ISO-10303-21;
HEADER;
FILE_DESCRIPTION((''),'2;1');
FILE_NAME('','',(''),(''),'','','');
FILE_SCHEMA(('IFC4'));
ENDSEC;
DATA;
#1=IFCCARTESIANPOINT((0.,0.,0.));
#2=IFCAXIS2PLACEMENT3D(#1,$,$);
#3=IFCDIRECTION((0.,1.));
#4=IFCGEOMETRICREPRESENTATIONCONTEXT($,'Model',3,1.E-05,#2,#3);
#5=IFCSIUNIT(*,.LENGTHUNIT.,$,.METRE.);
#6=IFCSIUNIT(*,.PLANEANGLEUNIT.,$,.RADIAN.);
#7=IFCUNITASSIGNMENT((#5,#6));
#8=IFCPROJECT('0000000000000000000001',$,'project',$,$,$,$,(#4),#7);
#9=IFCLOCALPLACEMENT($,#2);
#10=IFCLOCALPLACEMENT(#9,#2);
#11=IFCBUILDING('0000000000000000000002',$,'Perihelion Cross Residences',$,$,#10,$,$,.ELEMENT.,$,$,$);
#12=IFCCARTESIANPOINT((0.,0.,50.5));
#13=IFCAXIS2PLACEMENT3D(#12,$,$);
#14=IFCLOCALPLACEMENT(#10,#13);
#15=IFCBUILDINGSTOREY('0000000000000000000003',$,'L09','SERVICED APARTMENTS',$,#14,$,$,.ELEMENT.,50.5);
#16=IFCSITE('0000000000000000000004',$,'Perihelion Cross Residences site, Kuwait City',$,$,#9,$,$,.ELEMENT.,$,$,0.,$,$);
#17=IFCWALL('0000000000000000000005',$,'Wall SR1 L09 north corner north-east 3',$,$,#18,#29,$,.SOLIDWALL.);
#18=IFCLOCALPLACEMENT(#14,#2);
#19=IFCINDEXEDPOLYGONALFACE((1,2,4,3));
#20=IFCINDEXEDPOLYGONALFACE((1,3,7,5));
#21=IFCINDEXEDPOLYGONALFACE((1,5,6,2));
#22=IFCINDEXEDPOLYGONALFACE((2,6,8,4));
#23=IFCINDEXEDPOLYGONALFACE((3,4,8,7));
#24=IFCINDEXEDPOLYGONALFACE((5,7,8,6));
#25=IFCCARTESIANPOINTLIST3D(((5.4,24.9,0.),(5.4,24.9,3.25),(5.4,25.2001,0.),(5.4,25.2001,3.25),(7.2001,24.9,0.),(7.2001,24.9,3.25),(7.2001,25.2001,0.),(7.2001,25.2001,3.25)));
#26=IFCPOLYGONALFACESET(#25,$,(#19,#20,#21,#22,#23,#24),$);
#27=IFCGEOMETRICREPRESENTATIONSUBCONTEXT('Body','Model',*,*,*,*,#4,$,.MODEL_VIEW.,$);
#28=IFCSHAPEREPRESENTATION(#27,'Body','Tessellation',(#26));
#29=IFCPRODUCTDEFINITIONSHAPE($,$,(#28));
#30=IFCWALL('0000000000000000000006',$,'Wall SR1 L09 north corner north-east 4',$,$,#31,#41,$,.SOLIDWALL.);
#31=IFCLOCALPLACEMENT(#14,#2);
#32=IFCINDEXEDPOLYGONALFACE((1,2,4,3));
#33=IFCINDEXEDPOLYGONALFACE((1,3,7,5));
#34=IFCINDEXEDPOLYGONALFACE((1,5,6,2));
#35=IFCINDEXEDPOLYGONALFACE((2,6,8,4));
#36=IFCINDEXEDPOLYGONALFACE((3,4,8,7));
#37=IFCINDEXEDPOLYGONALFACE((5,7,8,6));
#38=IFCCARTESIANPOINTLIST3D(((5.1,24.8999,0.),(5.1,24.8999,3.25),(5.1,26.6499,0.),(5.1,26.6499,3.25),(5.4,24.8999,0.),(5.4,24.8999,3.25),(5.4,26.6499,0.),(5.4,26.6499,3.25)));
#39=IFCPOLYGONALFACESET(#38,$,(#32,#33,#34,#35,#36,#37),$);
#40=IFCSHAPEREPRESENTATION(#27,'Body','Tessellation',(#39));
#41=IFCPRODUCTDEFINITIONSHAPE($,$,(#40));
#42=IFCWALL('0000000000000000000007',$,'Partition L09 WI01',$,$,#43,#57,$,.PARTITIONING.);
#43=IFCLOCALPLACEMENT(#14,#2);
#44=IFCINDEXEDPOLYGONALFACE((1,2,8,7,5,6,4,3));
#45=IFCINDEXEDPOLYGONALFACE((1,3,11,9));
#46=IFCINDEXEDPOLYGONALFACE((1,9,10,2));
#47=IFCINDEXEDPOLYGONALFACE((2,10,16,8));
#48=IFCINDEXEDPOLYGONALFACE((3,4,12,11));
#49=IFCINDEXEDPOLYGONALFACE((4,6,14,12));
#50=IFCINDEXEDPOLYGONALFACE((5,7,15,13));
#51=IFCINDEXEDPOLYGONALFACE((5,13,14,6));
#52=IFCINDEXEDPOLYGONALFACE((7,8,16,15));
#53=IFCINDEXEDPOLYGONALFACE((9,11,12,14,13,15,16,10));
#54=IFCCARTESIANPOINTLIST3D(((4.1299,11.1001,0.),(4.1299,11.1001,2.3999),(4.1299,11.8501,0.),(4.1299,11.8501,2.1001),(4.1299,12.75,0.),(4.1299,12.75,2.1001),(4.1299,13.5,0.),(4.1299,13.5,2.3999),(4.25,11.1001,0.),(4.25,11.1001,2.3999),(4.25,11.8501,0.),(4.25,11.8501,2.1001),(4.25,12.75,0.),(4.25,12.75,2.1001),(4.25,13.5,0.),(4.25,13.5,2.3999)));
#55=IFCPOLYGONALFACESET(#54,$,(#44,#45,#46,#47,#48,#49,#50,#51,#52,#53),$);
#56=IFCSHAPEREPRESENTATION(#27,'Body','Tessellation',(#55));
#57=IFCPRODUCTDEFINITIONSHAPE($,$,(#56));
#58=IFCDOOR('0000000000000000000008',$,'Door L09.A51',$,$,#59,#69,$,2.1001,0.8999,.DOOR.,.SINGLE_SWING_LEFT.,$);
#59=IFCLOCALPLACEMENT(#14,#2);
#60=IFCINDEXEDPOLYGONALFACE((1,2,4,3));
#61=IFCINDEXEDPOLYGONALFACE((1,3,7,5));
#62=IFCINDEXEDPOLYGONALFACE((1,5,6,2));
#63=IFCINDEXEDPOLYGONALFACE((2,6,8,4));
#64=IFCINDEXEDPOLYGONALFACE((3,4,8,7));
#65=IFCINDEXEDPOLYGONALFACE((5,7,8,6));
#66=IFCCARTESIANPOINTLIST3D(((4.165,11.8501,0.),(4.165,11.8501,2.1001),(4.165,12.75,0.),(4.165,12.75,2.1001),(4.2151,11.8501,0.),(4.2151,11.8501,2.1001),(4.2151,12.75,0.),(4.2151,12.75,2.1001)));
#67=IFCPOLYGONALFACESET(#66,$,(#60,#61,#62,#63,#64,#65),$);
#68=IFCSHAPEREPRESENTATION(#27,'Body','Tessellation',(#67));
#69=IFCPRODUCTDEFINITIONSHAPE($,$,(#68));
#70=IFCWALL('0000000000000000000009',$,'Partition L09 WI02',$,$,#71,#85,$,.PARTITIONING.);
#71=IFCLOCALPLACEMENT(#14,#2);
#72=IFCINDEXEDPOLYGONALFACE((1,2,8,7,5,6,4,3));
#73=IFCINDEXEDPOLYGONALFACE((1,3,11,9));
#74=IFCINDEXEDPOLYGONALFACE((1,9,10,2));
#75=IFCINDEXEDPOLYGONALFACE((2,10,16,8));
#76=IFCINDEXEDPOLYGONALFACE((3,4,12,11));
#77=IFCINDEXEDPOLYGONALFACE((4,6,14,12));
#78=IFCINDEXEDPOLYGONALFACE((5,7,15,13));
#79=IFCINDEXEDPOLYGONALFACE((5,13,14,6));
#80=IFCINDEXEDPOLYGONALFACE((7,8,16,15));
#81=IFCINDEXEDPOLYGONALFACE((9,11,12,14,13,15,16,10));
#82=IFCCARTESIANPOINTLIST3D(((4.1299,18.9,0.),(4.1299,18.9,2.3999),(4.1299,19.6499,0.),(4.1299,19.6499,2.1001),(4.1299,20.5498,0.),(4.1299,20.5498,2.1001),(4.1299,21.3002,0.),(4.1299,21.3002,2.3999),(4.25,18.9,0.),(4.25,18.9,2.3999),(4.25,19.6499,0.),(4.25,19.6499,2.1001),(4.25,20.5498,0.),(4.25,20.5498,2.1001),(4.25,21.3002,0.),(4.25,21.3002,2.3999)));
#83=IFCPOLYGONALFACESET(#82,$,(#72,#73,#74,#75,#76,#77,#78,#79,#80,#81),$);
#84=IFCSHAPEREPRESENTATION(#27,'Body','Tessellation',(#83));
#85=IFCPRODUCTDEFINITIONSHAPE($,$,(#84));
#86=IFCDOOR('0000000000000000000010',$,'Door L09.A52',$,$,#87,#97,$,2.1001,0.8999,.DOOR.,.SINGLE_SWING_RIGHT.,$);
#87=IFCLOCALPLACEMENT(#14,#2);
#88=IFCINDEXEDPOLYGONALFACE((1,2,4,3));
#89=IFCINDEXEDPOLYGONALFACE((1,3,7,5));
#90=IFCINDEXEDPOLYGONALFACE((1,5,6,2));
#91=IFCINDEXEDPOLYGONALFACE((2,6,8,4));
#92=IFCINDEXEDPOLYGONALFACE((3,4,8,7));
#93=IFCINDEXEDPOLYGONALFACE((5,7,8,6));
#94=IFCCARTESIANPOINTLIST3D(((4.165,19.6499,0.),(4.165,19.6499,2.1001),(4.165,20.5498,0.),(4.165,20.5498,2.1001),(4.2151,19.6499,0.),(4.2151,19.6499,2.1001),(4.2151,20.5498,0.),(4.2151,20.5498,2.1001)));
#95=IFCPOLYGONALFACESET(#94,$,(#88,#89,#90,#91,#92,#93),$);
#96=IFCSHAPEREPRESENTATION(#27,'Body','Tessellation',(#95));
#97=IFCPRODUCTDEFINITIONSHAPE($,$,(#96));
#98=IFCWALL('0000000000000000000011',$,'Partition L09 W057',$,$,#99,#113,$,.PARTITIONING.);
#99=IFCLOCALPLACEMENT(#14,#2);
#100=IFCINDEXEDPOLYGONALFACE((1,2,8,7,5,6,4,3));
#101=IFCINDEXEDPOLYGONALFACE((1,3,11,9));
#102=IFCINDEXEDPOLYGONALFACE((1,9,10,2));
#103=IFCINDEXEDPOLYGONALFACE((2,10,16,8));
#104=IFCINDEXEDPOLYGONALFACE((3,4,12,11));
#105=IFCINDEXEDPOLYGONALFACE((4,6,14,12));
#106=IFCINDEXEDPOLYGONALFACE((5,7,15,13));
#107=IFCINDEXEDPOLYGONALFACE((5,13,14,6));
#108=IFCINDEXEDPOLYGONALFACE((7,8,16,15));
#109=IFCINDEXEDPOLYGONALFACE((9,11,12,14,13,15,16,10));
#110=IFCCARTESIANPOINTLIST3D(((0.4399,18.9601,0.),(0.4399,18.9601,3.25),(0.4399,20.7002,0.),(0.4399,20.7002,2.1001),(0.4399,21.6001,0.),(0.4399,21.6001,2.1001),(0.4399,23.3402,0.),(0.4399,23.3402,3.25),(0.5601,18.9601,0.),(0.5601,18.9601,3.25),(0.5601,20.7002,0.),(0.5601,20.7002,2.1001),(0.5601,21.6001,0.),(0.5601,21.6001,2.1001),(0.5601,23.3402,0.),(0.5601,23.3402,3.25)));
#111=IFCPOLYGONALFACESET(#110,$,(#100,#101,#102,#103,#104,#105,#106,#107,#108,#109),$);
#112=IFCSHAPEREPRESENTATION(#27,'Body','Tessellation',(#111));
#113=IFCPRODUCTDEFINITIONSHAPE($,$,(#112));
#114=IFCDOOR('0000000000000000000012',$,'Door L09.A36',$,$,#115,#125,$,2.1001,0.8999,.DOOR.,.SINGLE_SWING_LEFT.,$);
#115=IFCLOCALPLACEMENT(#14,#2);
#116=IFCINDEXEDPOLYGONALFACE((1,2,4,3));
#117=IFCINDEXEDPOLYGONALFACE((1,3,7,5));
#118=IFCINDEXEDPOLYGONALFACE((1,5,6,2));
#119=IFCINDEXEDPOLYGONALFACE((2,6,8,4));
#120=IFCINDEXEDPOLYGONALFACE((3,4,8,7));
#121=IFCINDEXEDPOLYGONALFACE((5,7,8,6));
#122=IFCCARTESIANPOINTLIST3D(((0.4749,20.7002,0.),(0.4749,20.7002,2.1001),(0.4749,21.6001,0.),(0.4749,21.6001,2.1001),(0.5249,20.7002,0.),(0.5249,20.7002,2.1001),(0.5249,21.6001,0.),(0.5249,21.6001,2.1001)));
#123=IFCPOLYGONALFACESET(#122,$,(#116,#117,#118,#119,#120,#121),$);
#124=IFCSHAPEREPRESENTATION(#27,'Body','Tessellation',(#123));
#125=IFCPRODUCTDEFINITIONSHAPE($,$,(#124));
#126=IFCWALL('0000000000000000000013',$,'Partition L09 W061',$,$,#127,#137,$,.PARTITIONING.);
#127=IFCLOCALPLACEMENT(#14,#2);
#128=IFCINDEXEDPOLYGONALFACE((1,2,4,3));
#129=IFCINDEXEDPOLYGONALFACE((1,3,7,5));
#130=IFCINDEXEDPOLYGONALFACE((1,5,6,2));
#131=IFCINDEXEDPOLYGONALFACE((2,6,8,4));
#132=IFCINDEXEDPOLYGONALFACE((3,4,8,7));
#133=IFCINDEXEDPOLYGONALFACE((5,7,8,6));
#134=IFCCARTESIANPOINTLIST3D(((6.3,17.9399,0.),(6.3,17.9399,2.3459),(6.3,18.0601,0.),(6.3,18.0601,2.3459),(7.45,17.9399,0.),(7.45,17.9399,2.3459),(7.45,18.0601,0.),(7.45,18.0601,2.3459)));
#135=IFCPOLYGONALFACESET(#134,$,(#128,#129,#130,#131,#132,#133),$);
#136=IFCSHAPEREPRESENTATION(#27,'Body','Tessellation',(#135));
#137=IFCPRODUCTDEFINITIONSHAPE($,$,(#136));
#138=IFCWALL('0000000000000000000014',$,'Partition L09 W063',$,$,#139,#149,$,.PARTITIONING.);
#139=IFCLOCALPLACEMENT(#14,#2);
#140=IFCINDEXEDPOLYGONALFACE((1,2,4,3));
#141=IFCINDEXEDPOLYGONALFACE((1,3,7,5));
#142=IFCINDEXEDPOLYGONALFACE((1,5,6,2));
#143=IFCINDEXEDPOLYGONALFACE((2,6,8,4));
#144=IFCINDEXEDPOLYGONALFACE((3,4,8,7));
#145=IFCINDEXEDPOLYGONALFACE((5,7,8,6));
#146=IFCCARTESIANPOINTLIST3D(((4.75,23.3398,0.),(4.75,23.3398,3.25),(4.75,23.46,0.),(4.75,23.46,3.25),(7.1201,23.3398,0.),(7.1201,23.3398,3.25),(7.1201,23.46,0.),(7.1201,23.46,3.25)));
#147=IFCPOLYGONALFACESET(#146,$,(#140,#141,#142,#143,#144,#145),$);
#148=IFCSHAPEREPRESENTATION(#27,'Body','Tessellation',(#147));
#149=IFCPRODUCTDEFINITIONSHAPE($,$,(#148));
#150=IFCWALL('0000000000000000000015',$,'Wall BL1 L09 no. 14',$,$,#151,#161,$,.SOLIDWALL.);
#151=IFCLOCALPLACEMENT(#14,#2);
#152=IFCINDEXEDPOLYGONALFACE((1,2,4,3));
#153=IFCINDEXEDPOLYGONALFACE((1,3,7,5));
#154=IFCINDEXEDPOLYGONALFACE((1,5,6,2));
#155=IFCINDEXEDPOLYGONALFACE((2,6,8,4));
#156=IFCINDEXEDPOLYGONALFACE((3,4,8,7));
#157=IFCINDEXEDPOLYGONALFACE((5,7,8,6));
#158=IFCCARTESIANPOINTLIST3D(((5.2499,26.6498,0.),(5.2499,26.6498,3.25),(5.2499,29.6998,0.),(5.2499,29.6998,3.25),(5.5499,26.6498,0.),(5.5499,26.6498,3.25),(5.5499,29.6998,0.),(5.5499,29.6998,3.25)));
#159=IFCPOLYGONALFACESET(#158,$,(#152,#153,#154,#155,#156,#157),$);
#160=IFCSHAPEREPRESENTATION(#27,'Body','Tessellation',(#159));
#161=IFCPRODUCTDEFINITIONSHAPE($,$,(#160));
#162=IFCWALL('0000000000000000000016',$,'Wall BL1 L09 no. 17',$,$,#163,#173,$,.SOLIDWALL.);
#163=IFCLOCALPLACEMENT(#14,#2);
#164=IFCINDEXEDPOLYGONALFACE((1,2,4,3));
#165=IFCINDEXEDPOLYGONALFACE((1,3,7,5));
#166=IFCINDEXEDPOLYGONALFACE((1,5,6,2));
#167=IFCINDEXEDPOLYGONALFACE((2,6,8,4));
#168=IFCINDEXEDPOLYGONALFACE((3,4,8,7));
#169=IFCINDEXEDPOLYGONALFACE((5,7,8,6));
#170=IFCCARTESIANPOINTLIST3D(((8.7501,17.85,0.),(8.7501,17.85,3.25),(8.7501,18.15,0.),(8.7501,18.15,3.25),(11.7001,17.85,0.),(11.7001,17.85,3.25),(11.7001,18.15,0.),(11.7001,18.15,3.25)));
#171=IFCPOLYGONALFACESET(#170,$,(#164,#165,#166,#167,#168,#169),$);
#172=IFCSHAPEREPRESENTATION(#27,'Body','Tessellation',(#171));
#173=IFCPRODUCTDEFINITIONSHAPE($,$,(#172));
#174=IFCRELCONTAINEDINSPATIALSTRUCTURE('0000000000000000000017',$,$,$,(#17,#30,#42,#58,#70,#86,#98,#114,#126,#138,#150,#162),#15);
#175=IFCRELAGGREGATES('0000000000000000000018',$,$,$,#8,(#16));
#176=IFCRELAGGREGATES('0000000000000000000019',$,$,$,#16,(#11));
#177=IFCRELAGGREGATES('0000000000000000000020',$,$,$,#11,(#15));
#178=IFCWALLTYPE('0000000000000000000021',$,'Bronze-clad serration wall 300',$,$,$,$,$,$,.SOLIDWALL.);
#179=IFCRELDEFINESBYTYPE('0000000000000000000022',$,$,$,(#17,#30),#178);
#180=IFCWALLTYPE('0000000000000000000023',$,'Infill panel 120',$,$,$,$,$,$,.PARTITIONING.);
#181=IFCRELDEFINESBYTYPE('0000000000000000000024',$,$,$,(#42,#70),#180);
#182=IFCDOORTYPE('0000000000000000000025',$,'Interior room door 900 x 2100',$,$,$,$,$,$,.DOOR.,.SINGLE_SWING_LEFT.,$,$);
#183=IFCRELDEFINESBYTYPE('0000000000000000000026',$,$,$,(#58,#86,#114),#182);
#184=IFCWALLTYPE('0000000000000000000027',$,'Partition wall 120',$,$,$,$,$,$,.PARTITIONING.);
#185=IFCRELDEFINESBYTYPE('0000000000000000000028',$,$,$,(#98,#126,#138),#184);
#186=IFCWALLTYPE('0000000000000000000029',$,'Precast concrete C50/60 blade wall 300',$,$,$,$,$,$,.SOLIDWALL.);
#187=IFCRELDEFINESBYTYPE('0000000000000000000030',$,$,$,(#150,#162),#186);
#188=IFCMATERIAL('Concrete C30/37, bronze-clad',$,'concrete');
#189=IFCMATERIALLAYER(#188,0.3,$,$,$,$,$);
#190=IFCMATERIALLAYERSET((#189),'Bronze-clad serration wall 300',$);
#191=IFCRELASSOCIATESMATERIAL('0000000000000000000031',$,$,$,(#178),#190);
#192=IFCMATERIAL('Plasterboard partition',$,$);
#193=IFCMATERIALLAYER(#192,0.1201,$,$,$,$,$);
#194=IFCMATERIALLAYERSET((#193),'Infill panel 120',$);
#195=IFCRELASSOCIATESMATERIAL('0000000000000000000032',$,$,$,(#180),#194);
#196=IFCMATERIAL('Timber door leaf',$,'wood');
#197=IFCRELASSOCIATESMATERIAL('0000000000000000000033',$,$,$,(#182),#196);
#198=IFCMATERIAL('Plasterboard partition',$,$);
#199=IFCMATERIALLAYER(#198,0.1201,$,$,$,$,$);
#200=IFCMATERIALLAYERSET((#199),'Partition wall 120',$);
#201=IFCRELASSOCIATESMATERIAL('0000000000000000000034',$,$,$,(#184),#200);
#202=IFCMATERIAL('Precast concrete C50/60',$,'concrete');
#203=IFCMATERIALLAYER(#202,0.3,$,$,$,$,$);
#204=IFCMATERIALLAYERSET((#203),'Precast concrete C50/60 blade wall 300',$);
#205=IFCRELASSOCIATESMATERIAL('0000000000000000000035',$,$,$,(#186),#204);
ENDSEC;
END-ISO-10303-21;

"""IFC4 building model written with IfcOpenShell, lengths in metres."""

from ifc_helpers import new_model, si_unit, direction, frame, frame_2d, origin, place, context, subcontext, project, spatial, rectangle, extrude, material, layer, layer_set, type_object, element, fill, save


model = new_model("IFC4")

# Units and contexts
model_context = context("Model", 3, precision=1e-05, world=origin(), true_north=direction((0.0, 1.0)))
body_context = subcontext(model_context, "Body", "Model", "MODEL_VIEW")
ifc_project = project(units=[si_unit("LENGTHUNIT", "METRE"), si_unit("PLANEANGLEUNIT", "RADIAN")], contexts=[model_context])

# Site, building, storey
site_placement = place(None, origin())
site = spatial("IfcSite", under=ifc_project, at=site_placement, Name="Perihelion Cross Residences site, Kuwait City", CompositionType="ELEMENT", RefElevation=0.0)
building_placement = place(site_placement, origin())
building = spatial("IfcBuilding", under=site, at=building_placement, Name="Perihelion Cross Residences", CompositionType="ELEMENT")
storey_placement = place(building_placement, frame((0.0, 0.0, 50.5)))
storey = spatial("IfcBuildingStorey", under=building, at=storey_placement, Name="L09", Description="SERVICED APARTMENTS", CompositionType="ELEMENT", Elevation=50.5)

# Walls
ifc_material_1 = material(Name="Concrete C30/37, bronze-clad", Category="concrete")
ifc_layer_1 = layer(ifc_material_1, 0.3)
ifc_layer_set_1 = layer_set([ifc_layer_1], Name="Bronze-clad serration wall 300")
wall_type_1 = type_object("IfcWallType", Name="Bronze-clad serration wall 300", PredefinedType="SOLIDWALL", material=ifc_layer_set_1)
wall_1_placement = place(storey_placement, frame((7.2, 25.05, 0.0), z_axis=(0.0, 0.0, 1.0), x_axis=(-1.0, 0.0, 0.0)))
element("IfcWall", 1, at=wall_1_placement, inside=storey, type_object=wall_type_1, Name="Wall SR1 L09 north corner north-east 3", PredefinedType="SOLIDWALL", context=body_context, shape_type="SweptSolid", body=[
    extrude(rectangle(XDim=1.8, YDim=0.3, at=frame_2d((0.8999, 0.0))), origin(), (0.0, 0.0, 1.0), 3.25),
])
wall_2_placement = place(storey_placement, frame((5.25, 24.8999, 0.0), z_axis=(0.0, 0.0, 1.0), x_axis=(0.0, 1.0, 0.0)))
element("IfcWall", 2, at=wall_2_placement, inside=storey, type_object=wall_type_1, Name="Wall SR1 L09 north corner north-east 4", PredefinedType="SOLIDWALL", context=body_context, shape_type="SweptSolid", body=[
    extrude(rectangle(XDim=1.75, YDim=0.3, at=frame_2d((0.875, 0.0))), origin(), (0.0, 0.0, 1.0), 3.25),
])

# Walls, openings, doors
ifc_material_2 = material(Name="Plasterboard partition")
ifc_layer_2 = layer(ifc_material_2, 0.1201)
ifc_layer_set_2 = layer_set([ifc_layer_2], Name="Infill panel 120")
wall_type_2 = type_object("IfcWallType", Name="Infill panel 120", PredefinedType="PARTITIONING", material=ifc_layer_set_2)
wall_3_placement = place(storey_placement, frame((4.1899, 11.1001, 0.0), z_axis=(0.0, 0.0, 1.0), x_axis=(0.0, 1.0, 0.0)))
wall_3 = element("IfcWall", 3, at=wall_3_placement, inside=storey, type_object=wall_type_2, Name="Partition L09 WI01", PredefinedType="PARTITIONING", context=body_context, shape_type="SweptSolid", body=[
    extrude(rectangle(XDim=2.3999, YDim=0.1201, at=frame_2d((1.2, 0.0))), origin(), (0.0, 0.0, 1.0), 2.3999),
])
opening_1_placement = place(wall_3_placement, frame((0.75, 0.0, 0.0)))
opening_1 = element("IfcOpeningElement", 4, at=opening_1_placement, cuts=wall_3, PredefinedType="OPENING", context=body_context, shape_type="SweptSolid", body=[
    extrude(rectangle(XDim=0.8999, YDim=2.1001, at=frame_2d((0.45, 1.05))), frame((0.0, 0.0701, 0.0), z_axis=(0.0, -1.0, 0.0), x_axis=(1.0, 0.0, 0.0)), (0.0, 0.0, 1.0), 0.1401),
])
ifc_material_3 = material(Name="Timber door leaf", Category="wood")
door_type_1 = type_object("IfcDoorType", Name="Interior room door 900 x 2100", OperationType="SINGLE_SWING_LEFT", PredefinedType="DOOR", material=ifc_material_3)
door_1_placement = place(opening_1_placement, origin())
door_1 = element("IfcDoor", 5, at=door_1_placement, inside=storey, type_object=door_type_1, Name="Door L09.A51", OperationType="SINGLE_SWING_LEFT", OverallHeight=2.1001, OverallWidth=0.8999, PredefinedType="DOOR", context=body_context, shape_type="SweptSolid", body=[
    extrude(rectangle(XDim=0.8999, YDim=2.1001, at=frame_2d((0.45, 1.05))), frame((0.0, 0.0249, 0.0), z_axis=(0.0, -1.0, 0.0), x_axis=(1.0, 0.0, 0.0)), (0.0, 0.0, 1.0), 0.05),
])
fill(opening_1, door_1)
wall_4_placement = place(storey_placement, frame((4.1899, 18.8999, 0.0), z_axis=(0.0, 0.0, 1.0), x_axis=(0.0, 1.0, 0.0)))
wall_4 = element("IfcWall", 6, at=wall_4_placement, inside=storey, type_object=wall_type_2, Name="Partition L09 WI02", PredefinedType="PARTITIONING", context=body_context, shape_type="SweptSolid", body=[
    extrude(rectangle(XDim=2.4001, YDim=0.1201, at=frame_2d((1.2002, 0.0))), origin(), (0.0, 0.0, 1.0), 2.3999),
])
opening_2_placement = place(wall_4_placement, frame((0.75, 0.0, 0.0)))
opening_2 = element("IfcOpeningElement", 7, at=opening_2_placement, cuts=wall_4, PredefinedType="OPENING", context=body_context, shape_type="SweptSolid", body=[
    extrude(rectangle(XDim=0.8999, YDim=2.1001, at=frame_2d((0.45, 1.05))), frame((0.0, 0.0701, 0.0), z_axis=(0.0, -1.0, 0.0), x_axis=(1.0, 0.0, 0.0)), (0.0, 0.0, 1.0), 0.1401),
])
door_2_placement = place(opening_2_placement, origin())
door_2 = element("IfcDoor", 8, at=door_2_placement, inside=storey, type_object=door_type_1, Name="Door L09.A52", OperationType="SINGLE_SWING_RIGHT", OverallHeight=2.1001, OverallWidth=0.8999, PredefinedType="DOOR", context=body_context, shape_type="SweptSolid", body=[
    extrude(rectangle(XDim=0.8999, YDim=2.1001, at=frame_2d((0.45, 1.05))), frame((0.0, 0.0249, 0.0), z_axis=(0.0, -1.0, 0.0), x_axis=(1.0, 0.0, 0.0)), (0.0, 0.0, 1.0), 0.05),
])
fill(opening_2, door_2)
ifc_material_4 = material(Name="Plasterboard partition")
ifc_layer_3 = layer(ifc_material_4, 0.1201)
ifc_layer_set_3 = layer_set([ifc_layer_3], Name="Partition wall 120")
wall_type_3 = type_object("IfcWallType", Name="Partition wall 120", PredefinedType="PARTITIONING", material=ifc_layer_set_3)
wall_5_placement = place(storey_placement, frame((0.5, 23.3401, 0.0), z_axis=(0.0, 0.0, 1.0), x_axis=(0.0, -1.0, 0.0)))
wall_5 = element("IfcWall", 9, at=wall_5_placement, inside=storey, type_object=wall_type_3, Name="Partition L09 W057", PredefinedType="PARTITIONING", context=body_context, shape_type="SweptSolid", body=[
    extrude(rectangle(XDim=4.3801, YDim=0.1201, at=frame_2d((2.1899, 0.0))), origin(), (0.0, 0.0, 1.0), 3.25),
])
opening_3_placement = place(wall_5_placement, frame((1.74, 0.0, 0.0)))
opening_3 = element("IfcOpeningElement", 10, at=opening_3_placement, cuts=wall_5, PredefinedType="OPENING", context=body_context, shape_type="SweptSolid", body=[
    extrude(rectangle(XDim=0.8999, YDim=2.1001, at=frame_2d((0.45, 1.05))), frame((0.0, 0.0701, 0.0), z_axis=(0.0, -1.0, 0.0), x_axis=(1.0, 0.0, 0.0)), (0.0, 0.0, 1.0), 0.1401),
])
door_3_placement = place(opening_3_placement, origin())
door_3 = element("IfcDoor", 11, at=door_3_placement, inside=storey, type_object=door_type_1, Name="Door L09.A36", OperationType="SINGLE_SWING_LEFT", OverallHeight=2.1001, OverallWidth=0.8999, PredefinedType="DOOR", context=body_context, shape_type="SweptSolid", body=[
    extrude(rectangle(XDim=0.8999, YDim=2.1001, at=frame_2d((0.45, 1.05))), frame((0.0, 0.0249, 0.0), z_axis=(0.0, -1.0, 0.0), x_axis=(1.0, 0.0, 0.0)), (0.0, 0.0, 1.0), 0.05),
])
fill(opening_3, door_3)

# Walls
wall_6_placement = place(storey_placement, frame((6.3, 18.0, 0.0), z_axis=(0.0, 0.0, 1.0), x_axis=(1.0, 0.0, 0.0)))
element("IfcWall", 12, at=wall_6_placement, inside=storey, type_object=wall_type_3, Name="Partition L09 W061", PredefinedType="PARTITIONING", context=body_context, shape_type="SweptSolid", body=[
    extrude(rectangle(XDim=1.1499, YDim=0.1201, at=frame_2d((0.575, 0.0))), origin(), (0.0, 0.0, 1.0), 2.3459),
])
wall_7_placement = place(storey_placement, frame((4.75, 23.3999, 0.0), z_axis=(0.0, 0.0, 1.0), x_axis=(1.0, 0.0, 0.0)))
element("IfcWall", 13, at=wall_7_placement, inside=storey, type_object=wall_type_3, Name="Partition L09 W063", PredefinedType="PARTITIONING", context=body_context, shape_type="SweptSolid", body=[
    extrude(rectangle(XDim=2.3701, YDim=0.1201, at=frame_2d((1.1851, 0.0))), origin(), (0.0, 0.0, 1.0), 3.25),
])
ifc_material_5 = material(Name="Precast concrete C50/60", Category="concrete")
ifc_layer_4 = layer(ifc_material_5, 0.3)
ifc_layer_set_4 = layer_set([ifc_layer_4], Name="Precast concrete C50/60 blade wall 300")
wall_type_4 = type_object("IfcWallType", Name="Precast concrete C50/60 blade wall 300", PredefinedType="SOLIDWALL", material=ifc_layer_set_4)
wall_8_placement = place(storey_placement, frame((5.3999, 26.6499, 0.0), z_axis=(0.0, 0.0, 1.0), x_axis=(0.0, 1.0, 0.0)))
element("IfcWall", 14, at=wall_8_placement, inside=storey, type_object=wall_type_4, Name="Wall BL1 L09 no. 14", PredefinedType="SOLIDWALL", context=body_context, shape_type="SweptSolid", body=[
    extrude(rectangle(XDim=3.05, YDim=0.3, at=frame_2d((1.5249, 0.0))), origin(), (0.0, 0.0, 1.0), 3.25),
])
wall_9_placement = place(storey_placement, frame((8.75, 18.0, 0.0), z_axis=(0.0, 0.0, 1.0), x_axis=(1.0, 0.0, 0.0)))
element("IfcWall", 15, at=wall_9_placement, inside=storey, type_object=wall_type_4, Name="Wall BL1 L09 no. 17", PredefinedType="SOLIDWALL", context=body_context, shape_type="SweptSolid", body=[
    extrude(rectangle(XDim=2.95, YDim=0.3, at=frame_2d((1.4751, 0.0))), origin(), (0.0, 0.0, 1.0), 3.25),
])

save(model, "model.ifc")
